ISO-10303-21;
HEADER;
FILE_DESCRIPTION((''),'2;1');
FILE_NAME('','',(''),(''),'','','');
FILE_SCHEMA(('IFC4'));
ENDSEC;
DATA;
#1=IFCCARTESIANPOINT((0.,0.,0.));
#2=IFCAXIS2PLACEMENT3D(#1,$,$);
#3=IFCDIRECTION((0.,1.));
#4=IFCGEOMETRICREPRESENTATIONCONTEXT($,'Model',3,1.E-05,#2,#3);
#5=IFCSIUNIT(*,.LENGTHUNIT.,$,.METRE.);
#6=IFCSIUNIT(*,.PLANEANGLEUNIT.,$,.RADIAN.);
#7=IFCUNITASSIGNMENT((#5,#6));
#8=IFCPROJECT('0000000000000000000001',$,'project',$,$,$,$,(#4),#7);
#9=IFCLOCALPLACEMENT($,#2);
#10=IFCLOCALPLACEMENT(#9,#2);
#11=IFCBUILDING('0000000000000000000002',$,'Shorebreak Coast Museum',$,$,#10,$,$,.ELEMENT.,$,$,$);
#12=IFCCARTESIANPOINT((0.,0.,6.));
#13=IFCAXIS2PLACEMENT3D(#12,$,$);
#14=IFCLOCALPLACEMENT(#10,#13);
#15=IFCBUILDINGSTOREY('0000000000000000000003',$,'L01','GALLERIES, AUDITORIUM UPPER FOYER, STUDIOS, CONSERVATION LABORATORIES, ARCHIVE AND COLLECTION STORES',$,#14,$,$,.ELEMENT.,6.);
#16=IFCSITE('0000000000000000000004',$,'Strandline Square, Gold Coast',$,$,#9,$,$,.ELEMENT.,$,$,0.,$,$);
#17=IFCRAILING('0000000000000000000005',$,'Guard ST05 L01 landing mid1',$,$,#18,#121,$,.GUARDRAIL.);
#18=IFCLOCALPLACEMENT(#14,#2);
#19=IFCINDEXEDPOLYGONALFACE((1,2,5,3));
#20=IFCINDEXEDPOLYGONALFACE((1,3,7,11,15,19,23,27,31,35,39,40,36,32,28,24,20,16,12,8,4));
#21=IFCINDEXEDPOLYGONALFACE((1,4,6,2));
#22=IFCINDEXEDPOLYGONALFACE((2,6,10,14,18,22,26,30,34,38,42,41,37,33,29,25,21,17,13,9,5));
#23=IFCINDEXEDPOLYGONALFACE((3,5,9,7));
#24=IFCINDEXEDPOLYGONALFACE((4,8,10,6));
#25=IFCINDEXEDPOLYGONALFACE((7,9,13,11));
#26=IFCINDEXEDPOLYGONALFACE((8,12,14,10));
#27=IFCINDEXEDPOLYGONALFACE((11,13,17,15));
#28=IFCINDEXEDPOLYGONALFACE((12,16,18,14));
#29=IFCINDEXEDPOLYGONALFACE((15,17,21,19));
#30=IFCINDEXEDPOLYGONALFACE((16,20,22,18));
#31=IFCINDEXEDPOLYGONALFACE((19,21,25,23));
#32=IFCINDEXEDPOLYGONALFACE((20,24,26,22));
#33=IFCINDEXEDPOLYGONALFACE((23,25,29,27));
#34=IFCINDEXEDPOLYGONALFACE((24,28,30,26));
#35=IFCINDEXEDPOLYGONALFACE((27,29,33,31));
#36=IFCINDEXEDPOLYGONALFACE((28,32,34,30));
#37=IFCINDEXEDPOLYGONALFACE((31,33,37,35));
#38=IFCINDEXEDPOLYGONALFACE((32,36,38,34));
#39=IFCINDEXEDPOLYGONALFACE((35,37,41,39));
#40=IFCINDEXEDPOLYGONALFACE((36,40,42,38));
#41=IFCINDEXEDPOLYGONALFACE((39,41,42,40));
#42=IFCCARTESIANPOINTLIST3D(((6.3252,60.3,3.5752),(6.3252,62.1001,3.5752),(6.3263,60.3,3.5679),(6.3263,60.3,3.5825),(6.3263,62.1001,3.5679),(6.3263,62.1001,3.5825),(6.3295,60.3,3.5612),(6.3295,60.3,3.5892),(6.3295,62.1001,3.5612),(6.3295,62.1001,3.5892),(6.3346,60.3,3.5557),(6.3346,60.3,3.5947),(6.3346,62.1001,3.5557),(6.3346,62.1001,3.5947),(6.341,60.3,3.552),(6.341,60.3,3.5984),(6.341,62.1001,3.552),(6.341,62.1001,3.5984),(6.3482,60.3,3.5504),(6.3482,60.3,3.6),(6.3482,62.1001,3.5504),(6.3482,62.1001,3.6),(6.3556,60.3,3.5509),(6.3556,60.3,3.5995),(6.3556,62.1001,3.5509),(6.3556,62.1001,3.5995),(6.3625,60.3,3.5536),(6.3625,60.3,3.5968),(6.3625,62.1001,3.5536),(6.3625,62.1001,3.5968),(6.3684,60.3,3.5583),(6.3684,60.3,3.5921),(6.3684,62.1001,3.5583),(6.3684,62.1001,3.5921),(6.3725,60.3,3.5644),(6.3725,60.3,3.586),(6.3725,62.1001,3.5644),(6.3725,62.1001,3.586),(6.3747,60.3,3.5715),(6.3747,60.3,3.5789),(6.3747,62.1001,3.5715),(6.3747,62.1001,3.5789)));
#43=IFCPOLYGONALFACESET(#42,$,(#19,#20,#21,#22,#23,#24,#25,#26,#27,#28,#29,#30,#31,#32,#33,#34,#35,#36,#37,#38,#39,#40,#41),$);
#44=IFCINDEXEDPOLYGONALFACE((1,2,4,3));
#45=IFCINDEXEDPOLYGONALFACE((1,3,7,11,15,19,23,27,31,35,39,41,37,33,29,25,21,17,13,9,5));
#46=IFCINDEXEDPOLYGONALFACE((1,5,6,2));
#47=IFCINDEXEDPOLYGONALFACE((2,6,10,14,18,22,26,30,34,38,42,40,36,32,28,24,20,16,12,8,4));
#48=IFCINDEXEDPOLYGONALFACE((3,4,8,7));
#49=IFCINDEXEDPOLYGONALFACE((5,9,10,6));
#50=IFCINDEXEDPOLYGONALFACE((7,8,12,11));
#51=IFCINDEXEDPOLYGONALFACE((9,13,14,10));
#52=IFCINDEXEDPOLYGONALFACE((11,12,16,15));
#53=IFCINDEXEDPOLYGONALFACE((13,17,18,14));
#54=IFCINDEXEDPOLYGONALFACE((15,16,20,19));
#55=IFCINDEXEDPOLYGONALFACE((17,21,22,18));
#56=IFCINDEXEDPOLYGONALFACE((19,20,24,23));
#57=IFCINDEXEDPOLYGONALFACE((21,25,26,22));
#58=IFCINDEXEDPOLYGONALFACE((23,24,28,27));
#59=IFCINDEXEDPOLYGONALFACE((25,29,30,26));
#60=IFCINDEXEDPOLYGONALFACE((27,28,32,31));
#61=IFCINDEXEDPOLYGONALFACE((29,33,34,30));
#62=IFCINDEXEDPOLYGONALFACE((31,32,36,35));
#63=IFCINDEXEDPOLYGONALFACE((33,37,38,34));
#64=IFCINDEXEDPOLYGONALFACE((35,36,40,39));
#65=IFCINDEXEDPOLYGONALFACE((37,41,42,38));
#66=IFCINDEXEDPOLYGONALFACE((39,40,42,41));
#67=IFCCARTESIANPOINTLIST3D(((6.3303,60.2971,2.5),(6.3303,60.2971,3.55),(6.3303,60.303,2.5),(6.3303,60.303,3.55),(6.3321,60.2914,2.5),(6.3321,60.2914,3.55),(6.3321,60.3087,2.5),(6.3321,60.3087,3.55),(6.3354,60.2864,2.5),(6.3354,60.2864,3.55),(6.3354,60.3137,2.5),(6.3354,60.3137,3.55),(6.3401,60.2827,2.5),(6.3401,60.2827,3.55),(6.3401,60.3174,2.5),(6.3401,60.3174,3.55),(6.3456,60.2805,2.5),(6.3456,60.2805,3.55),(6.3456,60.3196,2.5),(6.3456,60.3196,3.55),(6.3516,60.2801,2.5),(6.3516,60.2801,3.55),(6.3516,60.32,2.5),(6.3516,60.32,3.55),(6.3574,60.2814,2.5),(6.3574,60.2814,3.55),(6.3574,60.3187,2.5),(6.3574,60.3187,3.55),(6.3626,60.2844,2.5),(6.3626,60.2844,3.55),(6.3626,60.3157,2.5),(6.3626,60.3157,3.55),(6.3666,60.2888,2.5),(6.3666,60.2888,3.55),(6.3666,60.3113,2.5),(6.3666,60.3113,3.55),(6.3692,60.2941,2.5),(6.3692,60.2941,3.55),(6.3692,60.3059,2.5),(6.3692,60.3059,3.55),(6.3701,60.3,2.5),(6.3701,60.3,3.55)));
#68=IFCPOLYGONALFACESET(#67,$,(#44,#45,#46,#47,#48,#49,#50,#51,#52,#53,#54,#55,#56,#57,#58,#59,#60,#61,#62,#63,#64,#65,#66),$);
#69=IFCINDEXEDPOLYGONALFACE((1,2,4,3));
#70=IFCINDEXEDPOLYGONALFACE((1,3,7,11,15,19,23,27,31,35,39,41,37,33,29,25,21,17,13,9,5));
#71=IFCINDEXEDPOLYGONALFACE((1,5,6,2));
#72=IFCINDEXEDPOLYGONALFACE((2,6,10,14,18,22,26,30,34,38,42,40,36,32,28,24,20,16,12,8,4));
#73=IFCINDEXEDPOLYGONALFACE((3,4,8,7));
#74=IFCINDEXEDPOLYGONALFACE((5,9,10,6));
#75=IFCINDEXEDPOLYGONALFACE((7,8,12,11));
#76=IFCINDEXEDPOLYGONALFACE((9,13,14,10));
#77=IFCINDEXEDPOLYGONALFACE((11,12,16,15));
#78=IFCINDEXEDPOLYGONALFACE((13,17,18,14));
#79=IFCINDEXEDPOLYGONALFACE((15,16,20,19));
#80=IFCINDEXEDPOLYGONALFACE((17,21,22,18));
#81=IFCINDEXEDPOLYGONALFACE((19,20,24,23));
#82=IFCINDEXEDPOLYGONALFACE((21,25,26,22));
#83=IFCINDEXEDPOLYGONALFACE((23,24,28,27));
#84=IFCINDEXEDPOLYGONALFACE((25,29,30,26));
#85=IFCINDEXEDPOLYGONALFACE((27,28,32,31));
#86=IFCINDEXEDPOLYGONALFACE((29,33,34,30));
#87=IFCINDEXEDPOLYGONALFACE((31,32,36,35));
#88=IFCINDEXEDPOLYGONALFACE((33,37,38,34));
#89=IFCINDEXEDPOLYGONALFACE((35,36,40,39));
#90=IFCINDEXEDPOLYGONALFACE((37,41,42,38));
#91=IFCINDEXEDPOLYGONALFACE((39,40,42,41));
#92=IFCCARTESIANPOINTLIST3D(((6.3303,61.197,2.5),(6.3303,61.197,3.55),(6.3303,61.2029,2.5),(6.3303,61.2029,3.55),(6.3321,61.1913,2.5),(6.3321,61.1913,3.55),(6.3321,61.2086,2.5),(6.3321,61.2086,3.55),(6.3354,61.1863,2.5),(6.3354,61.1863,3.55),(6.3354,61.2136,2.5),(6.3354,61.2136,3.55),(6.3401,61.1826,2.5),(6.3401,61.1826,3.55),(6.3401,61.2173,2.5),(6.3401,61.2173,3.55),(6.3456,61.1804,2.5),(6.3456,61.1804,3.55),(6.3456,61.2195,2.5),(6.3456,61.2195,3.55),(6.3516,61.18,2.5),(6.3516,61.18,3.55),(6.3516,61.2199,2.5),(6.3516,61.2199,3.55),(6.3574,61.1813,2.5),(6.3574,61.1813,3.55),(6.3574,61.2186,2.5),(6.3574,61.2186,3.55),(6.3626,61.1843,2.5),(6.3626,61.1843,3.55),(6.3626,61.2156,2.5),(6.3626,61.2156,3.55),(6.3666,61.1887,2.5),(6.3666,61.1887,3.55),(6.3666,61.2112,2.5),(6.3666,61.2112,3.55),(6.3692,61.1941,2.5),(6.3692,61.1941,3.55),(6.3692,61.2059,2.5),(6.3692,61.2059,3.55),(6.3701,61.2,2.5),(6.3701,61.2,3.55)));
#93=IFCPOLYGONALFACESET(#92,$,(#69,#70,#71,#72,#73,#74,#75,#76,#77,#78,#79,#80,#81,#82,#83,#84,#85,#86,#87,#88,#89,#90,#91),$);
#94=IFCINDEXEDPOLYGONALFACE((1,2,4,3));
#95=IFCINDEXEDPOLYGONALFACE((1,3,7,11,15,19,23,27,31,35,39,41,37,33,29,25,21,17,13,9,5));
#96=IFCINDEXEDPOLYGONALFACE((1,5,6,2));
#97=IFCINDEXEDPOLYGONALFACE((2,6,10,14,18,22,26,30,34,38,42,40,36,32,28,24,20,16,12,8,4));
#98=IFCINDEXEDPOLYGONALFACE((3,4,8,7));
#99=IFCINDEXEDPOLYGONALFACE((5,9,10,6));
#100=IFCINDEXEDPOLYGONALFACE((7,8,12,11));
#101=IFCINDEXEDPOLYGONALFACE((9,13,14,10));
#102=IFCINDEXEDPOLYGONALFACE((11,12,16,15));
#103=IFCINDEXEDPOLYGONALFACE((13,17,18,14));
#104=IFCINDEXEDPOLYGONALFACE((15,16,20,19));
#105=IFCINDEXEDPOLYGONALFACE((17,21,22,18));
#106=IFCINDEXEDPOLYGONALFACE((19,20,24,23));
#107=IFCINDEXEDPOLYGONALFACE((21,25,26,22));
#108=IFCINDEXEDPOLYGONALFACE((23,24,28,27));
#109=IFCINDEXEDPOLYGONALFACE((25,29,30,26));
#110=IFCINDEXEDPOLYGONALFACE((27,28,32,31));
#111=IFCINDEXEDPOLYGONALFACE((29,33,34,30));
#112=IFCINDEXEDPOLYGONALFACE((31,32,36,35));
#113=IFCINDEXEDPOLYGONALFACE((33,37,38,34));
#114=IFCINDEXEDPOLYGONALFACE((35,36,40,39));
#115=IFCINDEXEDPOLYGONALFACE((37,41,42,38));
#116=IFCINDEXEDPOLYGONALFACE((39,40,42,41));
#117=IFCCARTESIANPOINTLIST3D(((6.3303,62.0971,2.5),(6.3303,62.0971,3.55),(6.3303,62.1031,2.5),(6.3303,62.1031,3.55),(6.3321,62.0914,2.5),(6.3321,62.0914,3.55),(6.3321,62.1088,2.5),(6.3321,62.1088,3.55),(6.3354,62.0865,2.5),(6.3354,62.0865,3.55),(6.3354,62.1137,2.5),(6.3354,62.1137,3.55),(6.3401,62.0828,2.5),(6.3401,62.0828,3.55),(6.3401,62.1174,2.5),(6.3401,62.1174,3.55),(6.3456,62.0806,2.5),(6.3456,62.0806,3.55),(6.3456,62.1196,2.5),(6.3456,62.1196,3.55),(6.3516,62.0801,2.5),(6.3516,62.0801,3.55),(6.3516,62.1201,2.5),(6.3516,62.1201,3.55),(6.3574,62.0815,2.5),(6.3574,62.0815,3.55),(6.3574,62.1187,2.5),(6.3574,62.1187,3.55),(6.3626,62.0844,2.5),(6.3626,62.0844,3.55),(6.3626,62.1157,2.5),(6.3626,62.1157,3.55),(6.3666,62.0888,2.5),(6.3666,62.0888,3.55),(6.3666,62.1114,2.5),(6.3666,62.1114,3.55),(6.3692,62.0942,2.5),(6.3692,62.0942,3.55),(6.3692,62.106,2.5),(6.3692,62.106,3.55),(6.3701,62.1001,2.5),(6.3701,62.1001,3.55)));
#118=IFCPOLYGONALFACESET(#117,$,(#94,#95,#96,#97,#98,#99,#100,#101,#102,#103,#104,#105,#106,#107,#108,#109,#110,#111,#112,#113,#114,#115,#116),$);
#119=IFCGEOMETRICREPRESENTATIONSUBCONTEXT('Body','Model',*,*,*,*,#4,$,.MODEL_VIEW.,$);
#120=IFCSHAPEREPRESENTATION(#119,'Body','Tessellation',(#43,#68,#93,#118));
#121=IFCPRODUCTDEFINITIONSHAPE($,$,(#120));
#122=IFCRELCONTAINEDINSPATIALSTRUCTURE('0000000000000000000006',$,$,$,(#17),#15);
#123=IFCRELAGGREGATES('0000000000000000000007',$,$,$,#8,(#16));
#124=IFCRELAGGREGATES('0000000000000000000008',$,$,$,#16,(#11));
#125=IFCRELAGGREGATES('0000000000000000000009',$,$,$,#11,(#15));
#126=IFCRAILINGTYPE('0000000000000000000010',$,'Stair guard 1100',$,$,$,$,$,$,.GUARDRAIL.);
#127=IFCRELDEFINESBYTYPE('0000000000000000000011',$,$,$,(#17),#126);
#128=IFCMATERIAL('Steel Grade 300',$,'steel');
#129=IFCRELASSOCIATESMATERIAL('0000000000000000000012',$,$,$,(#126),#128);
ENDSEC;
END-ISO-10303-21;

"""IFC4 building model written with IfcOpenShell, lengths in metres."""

from ifc_helpers import new_model, si_unit, direction, frame, origin, origin_2d, place, context, subcontext, project, spatial, circle, extrude, material, type_object, element, save


model = new_model("IFC4")

# Units and contexts
model_context = context("Model", 3, precision=1e-05, world=origin(), true_north=direction((0.0, 1.0)))
body_context = subcontext(model_context, "Body", "Model", "MODEL_VIEW")
ifc_project = project(units=[si_unit("LENGTHUNIT", "METRE"), si_unit("PLANEANGLEUNIT", "RADIAN")], contexts=[model_context])

# Site, building, storey
site_placement = place(None, origin())
site = spatial("IfcSite", under=ifc_project, at=site_placement, Name="Strandline Square, Gold Coast", CompositionType="ELEMENT", RefElevation=0.0)
building_placement = place(site_placement, origin())
building = spatial("IfcBuilding", under=site, at=building_placement, Name="Shorebreak Coast Museum", CompositionType="ELEMENT")
storey_placement = place(building_placement, frame((0.0, 0.0, 6.0)))
storey = spatial("IfcBuildingStorey", under=building, at=storey_placement, Name="L01", Description="GALLERIES, AUDITORIUM UPPER FOYER, STUDIOS, CONSERVATION LABORATORIES, ARCHIVE AND COLLECTION STORES", CompositionType="ELEMENT", Elevation=6.0)

# Railing
ifc_material_1 = material(Name="Steel Grade 300", Category="steel")
railing_type_1 = type_object("IfcRailingType", Name="Stair guard 1100", PredefinedType="GUARDRAIL", material=ifc_material_1)
for number, where, name in (
    (1, (6.3501, 60.3, 2.5), "Guard ST05 L01 landing mid1"),
):
    element("IfcRailing", number, at=place(storey_placement, frame(where)), inside=storey, type_object=railing_type_1, Name=name, PredefinedType="GUARDRAIL", context=body_context, shape_type="SweptSolid", body=[
        extrude(circle(Radius=0.0249, at=origin_2d()), frame((0.0, 0.0, 1.0752), z_axis=(0.0, 1.0, 0.0), x_axis=(-1.0, 0.0, 0.0)), (0.0, 0.0, 1.0), 1.8),
        extrude(circle(Radius=0.02, at=origin_2d()), origin(), (0.0, 0.0, 1.0), 1.05),
        extrude(circle(Radius=0.02, at=origin_2d()), frame((0.0, 0.8999, 0.0)), (0.0, 0.0, 1.0), 1.05),
        extrude(circle(Radius=0.02, at=origin_2d()), frame((0.0, 1.8, 0.0)), (0.0, 0.0, 1.0), 1.05),
    ])

save(model, "model.ifc")
